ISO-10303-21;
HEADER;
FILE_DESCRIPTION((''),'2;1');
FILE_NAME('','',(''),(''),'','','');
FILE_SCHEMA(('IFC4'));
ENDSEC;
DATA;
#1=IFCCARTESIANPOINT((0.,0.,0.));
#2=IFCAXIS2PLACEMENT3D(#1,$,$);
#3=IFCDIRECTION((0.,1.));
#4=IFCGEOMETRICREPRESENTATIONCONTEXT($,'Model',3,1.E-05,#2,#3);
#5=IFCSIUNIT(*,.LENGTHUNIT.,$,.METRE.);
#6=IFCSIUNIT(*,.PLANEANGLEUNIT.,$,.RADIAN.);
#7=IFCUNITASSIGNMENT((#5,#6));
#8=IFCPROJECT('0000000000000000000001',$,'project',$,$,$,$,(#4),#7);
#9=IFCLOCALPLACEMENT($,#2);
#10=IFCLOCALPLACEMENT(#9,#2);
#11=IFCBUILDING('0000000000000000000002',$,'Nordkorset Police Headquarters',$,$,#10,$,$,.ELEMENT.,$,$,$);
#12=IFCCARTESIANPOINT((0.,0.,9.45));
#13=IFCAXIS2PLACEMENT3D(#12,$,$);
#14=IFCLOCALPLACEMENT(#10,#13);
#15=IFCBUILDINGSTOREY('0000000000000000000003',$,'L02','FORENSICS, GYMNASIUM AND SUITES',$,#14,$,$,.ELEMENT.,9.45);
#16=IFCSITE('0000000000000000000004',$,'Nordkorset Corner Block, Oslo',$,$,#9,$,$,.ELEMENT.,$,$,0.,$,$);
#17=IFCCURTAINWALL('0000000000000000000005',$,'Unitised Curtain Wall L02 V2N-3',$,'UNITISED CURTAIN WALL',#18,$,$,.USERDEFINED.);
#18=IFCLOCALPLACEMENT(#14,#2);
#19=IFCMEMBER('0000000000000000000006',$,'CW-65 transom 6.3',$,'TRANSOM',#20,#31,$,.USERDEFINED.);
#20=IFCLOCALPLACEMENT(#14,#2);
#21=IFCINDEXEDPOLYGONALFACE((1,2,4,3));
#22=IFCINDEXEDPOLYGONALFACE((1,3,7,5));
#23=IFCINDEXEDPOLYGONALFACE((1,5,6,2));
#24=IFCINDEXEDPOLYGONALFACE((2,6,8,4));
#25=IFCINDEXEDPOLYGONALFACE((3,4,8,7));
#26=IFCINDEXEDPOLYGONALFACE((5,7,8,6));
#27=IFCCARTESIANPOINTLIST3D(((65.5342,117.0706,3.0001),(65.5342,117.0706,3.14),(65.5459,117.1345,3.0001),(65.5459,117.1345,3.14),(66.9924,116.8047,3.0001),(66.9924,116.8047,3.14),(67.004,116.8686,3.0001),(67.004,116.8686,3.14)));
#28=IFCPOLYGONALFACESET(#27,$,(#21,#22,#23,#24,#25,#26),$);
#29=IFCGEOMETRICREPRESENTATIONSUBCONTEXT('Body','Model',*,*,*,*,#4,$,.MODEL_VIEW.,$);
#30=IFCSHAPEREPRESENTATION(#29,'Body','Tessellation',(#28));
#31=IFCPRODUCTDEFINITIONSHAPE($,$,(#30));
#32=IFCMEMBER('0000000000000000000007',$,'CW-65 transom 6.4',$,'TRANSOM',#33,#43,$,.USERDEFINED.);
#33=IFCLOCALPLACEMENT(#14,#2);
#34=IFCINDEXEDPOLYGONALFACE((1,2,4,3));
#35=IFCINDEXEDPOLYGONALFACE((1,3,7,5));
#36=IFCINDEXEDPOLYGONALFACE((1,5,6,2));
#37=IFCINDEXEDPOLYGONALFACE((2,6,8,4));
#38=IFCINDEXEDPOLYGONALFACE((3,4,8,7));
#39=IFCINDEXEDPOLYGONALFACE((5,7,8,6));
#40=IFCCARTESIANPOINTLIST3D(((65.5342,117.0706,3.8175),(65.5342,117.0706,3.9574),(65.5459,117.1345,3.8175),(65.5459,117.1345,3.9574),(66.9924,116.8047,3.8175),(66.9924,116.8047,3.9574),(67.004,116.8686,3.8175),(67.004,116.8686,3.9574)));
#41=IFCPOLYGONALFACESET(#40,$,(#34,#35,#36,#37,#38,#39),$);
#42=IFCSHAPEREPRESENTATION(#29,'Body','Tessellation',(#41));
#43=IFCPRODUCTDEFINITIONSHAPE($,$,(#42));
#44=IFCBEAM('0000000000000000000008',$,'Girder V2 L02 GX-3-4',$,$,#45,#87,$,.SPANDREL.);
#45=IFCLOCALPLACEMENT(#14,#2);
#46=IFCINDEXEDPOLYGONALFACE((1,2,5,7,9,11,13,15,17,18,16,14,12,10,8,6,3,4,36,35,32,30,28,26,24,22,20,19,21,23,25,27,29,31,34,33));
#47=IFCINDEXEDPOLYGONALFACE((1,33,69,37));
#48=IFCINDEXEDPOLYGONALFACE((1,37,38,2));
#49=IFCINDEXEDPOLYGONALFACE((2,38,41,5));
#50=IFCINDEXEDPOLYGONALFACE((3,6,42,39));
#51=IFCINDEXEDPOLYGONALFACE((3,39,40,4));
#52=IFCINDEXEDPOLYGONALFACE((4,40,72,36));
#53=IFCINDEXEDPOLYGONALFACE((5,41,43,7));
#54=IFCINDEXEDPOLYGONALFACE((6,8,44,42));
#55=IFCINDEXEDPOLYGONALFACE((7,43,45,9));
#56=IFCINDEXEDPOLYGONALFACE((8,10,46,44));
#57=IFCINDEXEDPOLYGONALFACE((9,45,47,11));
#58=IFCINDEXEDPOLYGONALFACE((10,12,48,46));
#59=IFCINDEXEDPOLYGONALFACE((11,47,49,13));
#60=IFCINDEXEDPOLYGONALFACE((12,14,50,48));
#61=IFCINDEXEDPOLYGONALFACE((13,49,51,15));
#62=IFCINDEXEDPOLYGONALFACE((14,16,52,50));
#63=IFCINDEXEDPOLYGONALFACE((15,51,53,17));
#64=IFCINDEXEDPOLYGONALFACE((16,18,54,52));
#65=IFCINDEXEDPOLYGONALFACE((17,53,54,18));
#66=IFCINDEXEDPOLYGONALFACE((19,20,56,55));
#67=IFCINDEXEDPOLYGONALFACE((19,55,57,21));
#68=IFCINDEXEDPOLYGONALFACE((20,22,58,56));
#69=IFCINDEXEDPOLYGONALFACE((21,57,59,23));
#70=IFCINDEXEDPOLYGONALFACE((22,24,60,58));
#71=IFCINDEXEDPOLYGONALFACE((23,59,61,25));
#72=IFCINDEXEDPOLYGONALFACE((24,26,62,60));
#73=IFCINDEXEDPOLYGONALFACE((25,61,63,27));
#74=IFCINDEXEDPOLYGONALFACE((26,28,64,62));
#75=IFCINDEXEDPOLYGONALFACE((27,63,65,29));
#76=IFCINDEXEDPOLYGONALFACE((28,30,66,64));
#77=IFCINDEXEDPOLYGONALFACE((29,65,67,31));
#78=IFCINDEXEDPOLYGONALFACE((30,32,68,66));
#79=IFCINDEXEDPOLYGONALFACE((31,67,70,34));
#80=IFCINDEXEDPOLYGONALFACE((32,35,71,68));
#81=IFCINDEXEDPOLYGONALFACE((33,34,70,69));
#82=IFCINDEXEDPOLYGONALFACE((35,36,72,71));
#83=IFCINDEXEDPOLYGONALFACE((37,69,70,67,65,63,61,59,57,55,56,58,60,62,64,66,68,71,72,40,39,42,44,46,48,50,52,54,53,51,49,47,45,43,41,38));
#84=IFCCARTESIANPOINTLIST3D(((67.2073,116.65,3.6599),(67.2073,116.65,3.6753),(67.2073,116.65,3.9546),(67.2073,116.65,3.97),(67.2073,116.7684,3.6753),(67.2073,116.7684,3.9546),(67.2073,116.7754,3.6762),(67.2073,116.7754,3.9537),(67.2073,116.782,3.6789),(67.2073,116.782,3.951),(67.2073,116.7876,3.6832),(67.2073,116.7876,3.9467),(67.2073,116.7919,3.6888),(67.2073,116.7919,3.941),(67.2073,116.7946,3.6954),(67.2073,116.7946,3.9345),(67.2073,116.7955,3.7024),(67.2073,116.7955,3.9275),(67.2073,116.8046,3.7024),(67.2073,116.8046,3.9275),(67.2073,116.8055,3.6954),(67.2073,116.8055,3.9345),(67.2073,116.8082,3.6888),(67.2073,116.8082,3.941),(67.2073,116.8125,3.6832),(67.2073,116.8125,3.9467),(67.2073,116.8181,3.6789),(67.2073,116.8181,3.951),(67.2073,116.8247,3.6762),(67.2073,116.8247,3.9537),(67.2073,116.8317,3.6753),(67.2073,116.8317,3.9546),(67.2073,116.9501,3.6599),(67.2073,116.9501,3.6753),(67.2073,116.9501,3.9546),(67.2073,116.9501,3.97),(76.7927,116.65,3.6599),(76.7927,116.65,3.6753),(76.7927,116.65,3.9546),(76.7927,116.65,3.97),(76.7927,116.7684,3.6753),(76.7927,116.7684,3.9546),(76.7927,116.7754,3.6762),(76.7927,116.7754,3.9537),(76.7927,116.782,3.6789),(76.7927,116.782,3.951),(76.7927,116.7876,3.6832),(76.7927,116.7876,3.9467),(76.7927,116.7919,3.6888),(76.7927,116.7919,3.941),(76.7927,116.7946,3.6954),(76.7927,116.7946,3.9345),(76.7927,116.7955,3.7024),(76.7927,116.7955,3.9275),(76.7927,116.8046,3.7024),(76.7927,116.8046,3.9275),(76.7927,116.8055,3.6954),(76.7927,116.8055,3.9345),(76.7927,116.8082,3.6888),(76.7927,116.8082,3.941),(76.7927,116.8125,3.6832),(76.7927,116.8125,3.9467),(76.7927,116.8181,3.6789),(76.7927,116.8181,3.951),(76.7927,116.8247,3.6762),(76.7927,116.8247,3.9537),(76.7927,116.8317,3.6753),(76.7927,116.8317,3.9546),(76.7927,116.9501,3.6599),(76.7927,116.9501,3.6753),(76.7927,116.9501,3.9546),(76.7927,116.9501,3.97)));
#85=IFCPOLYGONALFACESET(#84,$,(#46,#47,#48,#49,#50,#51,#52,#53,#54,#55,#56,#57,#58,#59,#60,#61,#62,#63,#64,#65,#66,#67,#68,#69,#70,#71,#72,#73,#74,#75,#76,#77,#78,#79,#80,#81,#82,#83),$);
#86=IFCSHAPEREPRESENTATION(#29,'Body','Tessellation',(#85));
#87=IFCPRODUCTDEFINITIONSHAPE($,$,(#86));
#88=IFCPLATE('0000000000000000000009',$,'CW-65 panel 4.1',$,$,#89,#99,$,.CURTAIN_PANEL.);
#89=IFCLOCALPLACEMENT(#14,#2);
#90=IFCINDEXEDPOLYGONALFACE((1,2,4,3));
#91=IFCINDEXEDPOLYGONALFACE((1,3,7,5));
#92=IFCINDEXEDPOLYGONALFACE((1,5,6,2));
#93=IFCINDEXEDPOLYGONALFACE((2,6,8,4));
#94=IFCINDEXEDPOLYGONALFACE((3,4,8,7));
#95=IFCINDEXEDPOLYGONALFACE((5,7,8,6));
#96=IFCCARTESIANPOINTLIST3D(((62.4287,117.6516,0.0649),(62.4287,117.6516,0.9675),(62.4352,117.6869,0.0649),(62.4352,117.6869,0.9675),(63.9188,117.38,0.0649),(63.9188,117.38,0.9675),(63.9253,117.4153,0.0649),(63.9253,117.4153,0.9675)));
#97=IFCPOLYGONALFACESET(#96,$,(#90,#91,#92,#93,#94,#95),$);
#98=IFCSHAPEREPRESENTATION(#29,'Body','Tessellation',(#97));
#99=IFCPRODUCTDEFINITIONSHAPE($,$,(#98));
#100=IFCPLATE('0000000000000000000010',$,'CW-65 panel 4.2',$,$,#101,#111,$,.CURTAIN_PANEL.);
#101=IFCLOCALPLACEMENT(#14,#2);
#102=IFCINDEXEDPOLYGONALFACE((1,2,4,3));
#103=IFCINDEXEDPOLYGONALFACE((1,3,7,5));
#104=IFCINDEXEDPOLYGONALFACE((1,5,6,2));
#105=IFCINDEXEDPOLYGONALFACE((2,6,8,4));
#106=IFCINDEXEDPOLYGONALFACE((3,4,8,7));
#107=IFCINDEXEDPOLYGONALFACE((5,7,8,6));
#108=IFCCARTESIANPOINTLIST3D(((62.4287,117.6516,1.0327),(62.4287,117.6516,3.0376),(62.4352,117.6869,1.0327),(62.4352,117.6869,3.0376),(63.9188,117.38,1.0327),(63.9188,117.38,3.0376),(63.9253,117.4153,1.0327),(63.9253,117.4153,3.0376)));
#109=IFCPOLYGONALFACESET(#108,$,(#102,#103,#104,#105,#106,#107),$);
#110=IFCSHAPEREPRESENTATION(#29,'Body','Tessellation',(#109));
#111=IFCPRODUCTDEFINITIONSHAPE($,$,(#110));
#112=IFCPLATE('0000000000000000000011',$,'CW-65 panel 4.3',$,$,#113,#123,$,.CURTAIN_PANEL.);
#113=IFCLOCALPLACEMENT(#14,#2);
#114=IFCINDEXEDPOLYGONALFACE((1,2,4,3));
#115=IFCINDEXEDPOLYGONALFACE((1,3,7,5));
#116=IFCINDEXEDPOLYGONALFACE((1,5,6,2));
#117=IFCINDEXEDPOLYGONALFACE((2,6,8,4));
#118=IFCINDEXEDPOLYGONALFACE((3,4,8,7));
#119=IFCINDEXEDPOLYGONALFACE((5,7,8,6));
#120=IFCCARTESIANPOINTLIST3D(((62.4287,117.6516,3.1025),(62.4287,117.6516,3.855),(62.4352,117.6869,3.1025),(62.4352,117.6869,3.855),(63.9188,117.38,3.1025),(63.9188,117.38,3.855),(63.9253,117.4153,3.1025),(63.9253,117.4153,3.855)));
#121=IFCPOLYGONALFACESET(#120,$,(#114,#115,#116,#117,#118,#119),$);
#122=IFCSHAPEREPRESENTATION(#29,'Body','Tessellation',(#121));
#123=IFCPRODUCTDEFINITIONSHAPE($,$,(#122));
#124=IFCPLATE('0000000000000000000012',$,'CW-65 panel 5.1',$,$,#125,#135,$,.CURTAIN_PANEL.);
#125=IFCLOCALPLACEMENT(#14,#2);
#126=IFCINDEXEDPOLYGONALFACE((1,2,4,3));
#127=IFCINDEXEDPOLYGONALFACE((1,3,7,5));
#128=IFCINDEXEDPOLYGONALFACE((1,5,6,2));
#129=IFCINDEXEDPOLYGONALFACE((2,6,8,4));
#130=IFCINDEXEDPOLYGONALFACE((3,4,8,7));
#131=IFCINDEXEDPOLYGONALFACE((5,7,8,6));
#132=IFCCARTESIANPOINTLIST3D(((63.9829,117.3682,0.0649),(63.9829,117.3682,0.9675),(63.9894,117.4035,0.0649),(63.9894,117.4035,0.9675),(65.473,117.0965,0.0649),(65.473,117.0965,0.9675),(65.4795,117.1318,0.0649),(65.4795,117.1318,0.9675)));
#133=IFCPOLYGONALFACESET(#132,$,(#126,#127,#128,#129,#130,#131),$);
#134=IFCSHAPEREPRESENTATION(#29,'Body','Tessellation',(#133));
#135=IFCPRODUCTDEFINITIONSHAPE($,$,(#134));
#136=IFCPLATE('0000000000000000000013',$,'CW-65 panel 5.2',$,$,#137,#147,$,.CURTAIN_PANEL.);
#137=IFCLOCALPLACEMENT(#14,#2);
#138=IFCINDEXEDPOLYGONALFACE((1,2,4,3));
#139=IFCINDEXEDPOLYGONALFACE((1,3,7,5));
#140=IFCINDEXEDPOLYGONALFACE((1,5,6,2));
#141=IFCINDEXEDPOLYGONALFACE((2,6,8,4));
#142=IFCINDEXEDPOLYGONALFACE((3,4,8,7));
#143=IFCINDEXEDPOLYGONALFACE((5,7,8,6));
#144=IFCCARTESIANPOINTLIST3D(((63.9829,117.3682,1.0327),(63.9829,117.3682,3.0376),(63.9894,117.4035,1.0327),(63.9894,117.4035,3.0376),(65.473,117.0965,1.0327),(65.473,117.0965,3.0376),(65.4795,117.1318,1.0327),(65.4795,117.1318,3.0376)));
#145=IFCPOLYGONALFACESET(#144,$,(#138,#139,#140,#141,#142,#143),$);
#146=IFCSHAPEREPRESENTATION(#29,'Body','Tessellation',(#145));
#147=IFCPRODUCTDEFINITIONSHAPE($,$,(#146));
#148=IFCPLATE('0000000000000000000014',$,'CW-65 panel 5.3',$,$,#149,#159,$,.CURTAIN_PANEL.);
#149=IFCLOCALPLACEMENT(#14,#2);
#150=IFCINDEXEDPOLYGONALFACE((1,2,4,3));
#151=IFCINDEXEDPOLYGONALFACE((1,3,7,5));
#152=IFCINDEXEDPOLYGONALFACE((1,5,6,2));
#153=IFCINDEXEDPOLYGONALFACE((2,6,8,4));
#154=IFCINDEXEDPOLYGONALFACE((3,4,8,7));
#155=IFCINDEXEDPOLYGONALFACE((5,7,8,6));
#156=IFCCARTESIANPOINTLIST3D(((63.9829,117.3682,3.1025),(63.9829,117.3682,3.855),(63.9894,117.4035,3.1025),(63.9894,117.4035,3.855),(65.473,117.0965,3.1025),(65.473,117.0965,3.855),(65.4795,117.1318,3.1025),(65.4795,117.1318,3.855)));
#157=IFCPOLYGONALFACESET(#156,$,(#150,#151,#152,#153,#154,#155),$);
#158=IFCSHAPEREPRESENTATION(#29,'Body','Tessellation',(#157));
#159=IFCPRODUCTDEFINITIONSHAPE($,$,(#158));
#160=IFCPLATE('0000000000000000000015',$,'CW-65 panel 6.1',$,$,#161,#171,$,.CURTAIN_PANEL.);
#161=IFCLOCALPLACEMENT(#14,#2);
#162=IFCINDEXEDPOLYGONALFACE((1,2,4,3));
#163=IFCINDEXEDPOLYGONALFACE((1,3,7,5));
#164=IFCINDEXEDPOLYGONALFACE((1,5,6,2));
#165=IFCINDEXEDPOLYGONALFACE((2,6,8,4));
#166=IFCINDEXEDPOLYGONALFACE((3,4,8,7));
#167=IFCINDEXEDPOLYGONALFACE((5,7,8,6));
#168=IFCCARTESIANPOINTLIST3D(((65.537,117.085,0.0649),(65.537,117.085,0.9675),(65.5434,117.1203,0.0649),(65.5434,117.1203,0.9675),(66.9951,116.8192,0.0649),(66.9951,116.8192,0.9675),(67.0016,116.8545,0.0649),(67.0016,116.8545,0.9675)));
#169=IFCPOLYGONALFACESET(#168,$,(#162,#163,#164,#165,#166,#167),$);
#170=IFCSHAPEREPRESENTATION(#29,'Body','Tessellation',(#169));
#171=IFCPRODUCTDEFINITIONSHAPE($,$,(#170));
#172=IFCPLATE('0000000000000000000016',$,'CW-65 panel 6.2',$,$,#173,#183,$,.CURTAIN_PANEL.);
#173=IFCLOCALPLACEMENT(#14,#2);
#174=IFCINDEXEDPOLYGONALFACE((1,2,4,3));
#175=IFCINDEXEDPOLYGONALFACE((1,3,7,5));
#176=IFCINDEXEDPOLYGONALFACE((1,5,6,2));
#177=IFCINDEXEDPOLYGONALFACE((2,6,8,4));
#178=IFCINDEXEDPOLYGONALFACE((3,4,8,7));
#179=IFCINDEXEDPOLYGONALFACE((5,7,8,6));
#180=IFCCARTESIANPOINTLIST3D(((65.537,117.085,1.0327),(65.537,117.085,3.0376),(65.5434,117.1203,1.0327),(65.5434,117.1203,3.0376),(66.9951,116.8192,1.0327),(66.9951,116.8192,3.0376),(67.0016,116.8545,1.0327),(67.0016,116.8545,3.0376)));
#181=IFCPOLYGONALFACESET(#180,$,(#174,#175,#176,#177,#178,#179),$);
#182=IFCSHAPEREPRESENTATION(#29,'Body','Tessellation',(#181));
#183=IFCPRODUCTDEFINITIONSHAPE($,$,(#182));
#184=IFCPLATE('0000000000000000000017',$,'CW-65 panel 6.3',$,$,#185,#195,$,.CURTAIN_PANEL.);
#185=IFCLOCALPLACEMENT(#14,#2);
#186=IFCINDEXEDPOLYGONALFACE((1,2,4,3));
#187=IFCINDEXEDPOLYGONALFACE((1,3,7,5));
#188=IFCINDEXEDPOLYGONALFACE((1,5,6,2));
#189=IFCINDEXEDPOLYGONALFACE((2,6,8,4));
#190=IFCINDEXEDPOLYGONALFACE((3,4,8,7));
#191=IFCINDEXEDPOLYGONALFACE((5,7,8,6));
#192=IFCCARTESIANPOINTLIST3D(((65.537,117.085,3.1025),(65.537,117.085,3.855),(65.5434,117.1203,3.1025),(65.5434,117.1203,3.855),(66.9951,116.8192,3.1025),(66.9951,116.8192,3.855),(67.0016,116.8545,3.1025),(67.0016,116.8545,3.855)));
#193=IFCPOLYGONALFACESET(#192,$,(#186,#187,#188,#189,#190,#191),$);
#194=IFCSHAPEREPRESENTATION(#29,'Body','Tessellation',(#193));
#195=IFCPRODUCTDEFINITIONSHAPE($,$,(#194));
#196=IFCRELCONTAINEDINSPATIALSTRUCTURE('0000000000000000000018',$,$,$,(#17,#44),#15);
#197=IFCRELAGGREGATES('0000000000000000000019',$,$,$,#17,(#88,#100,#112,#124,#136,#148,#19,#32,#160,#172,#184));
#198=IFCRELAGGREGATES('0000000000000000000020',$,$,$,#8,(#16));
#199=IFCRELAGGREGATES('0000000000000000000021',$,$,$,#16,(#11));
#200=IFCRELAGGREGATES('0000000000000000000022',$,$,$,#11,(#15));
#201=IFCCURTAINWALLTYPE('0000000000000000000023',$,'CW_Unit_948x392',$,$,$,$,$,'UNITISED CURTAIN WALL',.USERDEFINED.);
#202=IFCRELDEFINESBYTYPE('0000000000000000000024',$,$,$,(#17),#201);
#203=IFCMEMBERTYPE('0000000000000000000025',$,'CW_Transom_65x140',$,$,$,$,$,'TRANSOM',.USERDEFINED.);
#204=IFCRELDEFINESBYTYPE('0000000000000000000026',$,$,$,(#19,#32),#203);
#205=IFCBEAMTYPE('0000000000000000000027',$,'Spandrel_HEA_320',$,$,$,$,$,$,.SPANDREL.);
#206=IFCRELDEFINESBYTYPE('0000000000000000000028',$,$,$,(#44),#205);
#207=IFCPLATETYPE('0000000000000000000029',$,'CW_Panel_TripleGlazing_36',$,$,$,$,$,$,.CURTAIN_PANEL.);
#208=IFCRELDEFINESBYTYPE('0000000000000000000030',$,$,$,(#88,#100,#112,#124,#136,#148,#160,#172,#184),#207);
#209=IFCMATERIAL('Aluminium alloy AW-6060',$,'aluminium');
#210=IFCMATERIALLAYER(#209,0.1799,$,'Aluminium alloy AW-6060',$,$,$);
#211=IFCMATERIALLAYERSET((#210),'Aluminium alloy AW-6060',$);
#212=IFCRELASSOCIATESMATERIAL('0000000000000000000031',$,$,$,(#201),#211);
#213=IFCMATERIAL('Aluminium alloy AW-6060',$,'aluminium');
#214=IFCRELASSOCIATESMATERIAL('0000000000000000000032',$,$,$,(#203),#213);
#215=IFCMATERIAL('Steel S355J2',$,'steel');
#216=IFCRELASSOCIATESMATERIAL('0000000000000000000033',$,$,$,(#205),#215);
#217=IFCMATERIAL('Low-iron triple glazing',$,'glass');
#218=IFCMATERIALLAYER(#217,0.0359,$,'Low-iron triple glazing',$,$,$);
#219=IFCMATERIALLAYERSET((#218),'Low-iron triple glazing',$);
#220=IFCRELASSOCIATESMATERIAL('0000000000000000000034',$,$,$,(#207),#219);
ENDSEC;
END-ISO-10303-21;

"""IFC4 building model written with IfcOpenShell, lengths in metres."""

from ifc_helpers import new_model, si_unit, direction, frame, origin, origin_2d, place, context, subcontext, project, spatial, rectangle, i_section, extrude, material, layer, layer_set, material_profile, profile_set, type_object, element, aggregate, save


model = new_model("IFC4")

# Units and contexts
model_context = context("Model", 3, precision=1e-05, world=origin(), true_north=direction((0.0, 1.0)))
body_context = subcontext(model_context, "Body", "Model", "MODEL_VIEW")
ifc_project = project(units=[si_unit("LENGTHUNIT", "METRE"), si_unit("PLANEANGLEUNIT", "RADIAN")], contexts=[model_context])

# Site, building, storey
site_placement = place(None, origin())
site = spatial("IfcSite", under=ifc_project, at=site_placement, Name="Nordkorset Corner Block, Oslo", CompositionType="ELEMENT", RefElevation=0.0)
building_placement = place(site_placement, origin())
building = spatial("IfcBuilding", under=site, at=building_placement, Name="Nordkorset Police Headquarters", CompositionType="ELEMENT")
storey_placement = place(building_placement, frame((0.0, 0.0, 9.45)))
storey = spatial("IfcBuildingStorey", under=building, at=storey_placement, Name="L02", Description="FORENSICS, GYMNASIUM AND SUITES", CompositionType="ELEMENT", Elevation=9.45)

# Curtain wall
ifc_material_1 = material(Name="Aluminium alloy AW-6060", Category="aluminium")
ifc_layer_1 = layer(ifc_material_1, 0.1799, Name="Aluminium alloy AW-6060")
ifc_layer_set_1 = layer_set([ifc_layer_1], Name="Aluminium alloy AW-6060")
curtain_wall_type_1 = type_object("IfcCurtainWallType", Name="CW_Unit_948x392", ElementType="UNITISED CURTAIN WALL", PredefinedType="USERDEFINED", material=ifc_layer_set_1)
curtain_wall_1_placement = place(storey_placement, origin())
curtain_wall_1 = element("IfcCurtainWall", 1, at=curtain_wall_1_placement, inside=storey, type_object=curtain_wall_type_1, Name="Unitised Curtain Wall L02 V2N-3", ObjectType="UNITISED CURTAIN WALL", PredefinedType="USERDEFINED")

# Members
ifc_material_2 = material(Name="Aluminium alloy AW-6060", Category="aluminium")
ifc_material_profile_1 = material_profile(ifc_material_2, rectangle(XDim=0.0649, YDim=0.1399, at=origin_2d()), Name="ALU TRAN 65x140")
ifc_profile_set_1 = profile_set([ifc_material_profile_1], Name="Aluminium alloy AW-6060")
member_type_1 = type_object("IfcMemberType", Name="CW_Transom_65x140", ElementType="TRANSOM", PredefinedType="USERDEFINED", material=ifc_profile_set_1)
member_1_placement = place(storey_placement, frame((65.54, 117.1025, 3.0701), z_axis=(0.983783, -0.179364, 0.0), x_axis=(0.179364, 0.983783, 0.0)))
member_1 = element("IfcMember", 2, at=member_1_placement, type_object=member_type_1, Name="CW-65 transom 6.3", ObjectType="TRANSOM", PredefinedType="USERDEFINED", context=body_context, shape_type="SweptSolid", body=[
    extrude(rectangle(XDim=0.0649, YDim=0.1399, at=origin_2d()), origin(), (0.0, 0.0, 1.0), 1.4822),
])
member_2_placement = place(storey_placement, frame((65.54, 117.1025, 3.8875), z_axis=(0.983783, -0.179364, 0.0), x_axis=(0.179364, 0.983783, 0.0)))
member_2 = element("IfcMember", 3, at=member_2_placement, type_object=member_type_1, Name="CW-65 transom 6.4", ObjectType="TRANSOM", PredefinedType="USERDEFINED", context=body_context, shape_type="SweptSolid", body=[
    extrude(rectangle(XDim=0.0649, YDim=0.1399, at=origin_2d()), origin(), (0.0, 0.0, 1.0), 1.4822),
])

# Beam
ifc_material_3 = material(Name="Steel S355J2", Category="steel")
ifc_material_profile_2 = material_profile(ifc_material_3, i_section(OverallWidth=0.3, OverallDepth=0.3101, WebThickness=0.009, FlangeThickness=0.0154, FilletRadius=0.0271, at=origin_2d()), Name="HEA 320")
ifc_profile_set_2 = profile_set([ifc_material_profile_2], Name="Steel S355J2")
beam_type = type_object("IfcBeamType", Name="Spandrel_HEA_320", PredefinedType="SPANDREL", material=ifc_profile_set_2)
beam_placement = place(storey_placement, frame((67.2073, 116.8, 3.8149), z_axis=(1.0, 0.0, 0.0), x_axis=(0.0, 1.0, 0.0)))
element("IfcBeam", 4, at=beam_placement, inside=storey, type_object=beam_type, Name="Girder V2 L02 GX-3-4", PredefinedType="SPANDREL", context=body_context, shape_type="SweptSolid", body=[
    extrude(i_section(OverallWidth=0.3, OverallDepth=0.3101, WebThickness=0.009, FlangeThickness=0.0154, FilletRadius=0.0271, at=origin_2d()), origin(), (0.0, 0.0, 1.0), 9.5854),
])

# Plates
ifc_material_4 = material(Name="Low-iron triple glazing", Category="glass")
ifc_layer_2 = layer(ifc_material_4, 0.0359, Name="Low-iron triple glazing")
ifc_layer_set_2 = layer_set([ifc_layer_2], Name="Low-iron triple glazing")
plate_type = type_object("IfcPlateType", Name="CW_Panel_TripleGlazing_36", PredefinedType="CURTAIN_PANEL", material=ifc_layer_set_2)
plate_1_placement = place(storey_placement, frame((63.177, 117.5334, 0.0649), z_axis=(0.0, 0.0, 1.0), x_axis=(0.983788, -0.179336, 0.0)))
plate_1 = element("IfcPlate", 5, at=plate_1_placement, type_object=plate_type, Name="CW-65 panel 4.1", PredefinedType="CURTAIN_PANEL", context=body_context, shape_type="SweptSolid", body=[
    extrude(rectangle(XDim=1.5146, YDim=0.0359, at=origin_2d()), origin(), (0.0, 0.0, 1.0), 0.9026),
])
plate_2_placement = place(storey_placement, frame((63.177, 117.5334, 1.0327), z_axis=(0.0, 0.0, 1.0), x_axis=(0.983788, -0.179336, 0.0)))
plate_2 = element("IfcPlate", 6, at=plate_2_placement, type_object=plate_type, Name="CW-65 panel 4.2", PredefinedType="CURTAIN_PANEL", context=body_context, shape_type="SweptSolid", body=[
    extrude(rectangle(XDim=1.5146, YDim=0.0359, at=origin_2d()), origin(), (0.0, 0.0, 1.0), 2.0049),
])
plate_3_placement = place(storey_placement, frame((63.177, 117.5334, 3.1025), z_axis=(0.0, 0.0, 1.0), x_axis=(0.983788, -0.179336, 0.0)))
plate_3 = element("IfcPlate", 7, at=plate_3_placement, type_object=plate_type, Name="CW-65 panel 4.3", PredefinedType="CURTAIN_PANEL", context=body_context, shape_type="SweptSolid", body=[
    extrude(rectangle(XDim=1.5146, YDim=0.0359, at=origin_2d()), origin(), (0.0, 0.0, 1.0), 0.7524),
])
plate_4_placement = place(storey_placement, frame((64.7312, 117.25, 0.0649), z_axis=(0.0, 0.0, 1.0), x_axis=(0.983788, -0.179336, 0.0)))
plate_4 = element("IfcPlate", 8, at=plate_4_placement, type_object=plate_type, Name="CW-65 panel 5.1", PredefinedType="CURTAIN_PANEL", context=body_context, shape_type="SweptSolid", body=[
    extrude(rectangle(XDim=1.5146, YDim=0.0359, at=origin_2d()), origin(), (0.0, 0.0, 1.0), 0.9026),
])
plate_5_placement = place(storey_placement, frame((64.7312, 117.25, 1.0327), z_axis=(0.0, 0.0, 1.0), x_axis=(0.983788, -0.179336, 0.0)))
plate_5 = element("IfcPlate", 9, at=plate_5_placement, type_object=plate_type, Name="CW-65 panel 5.2", PredefinedType="CURTAIN_PANEL", context=body_context, shape_type="SweptSolid", body=[
    extrude(rectangle(XDim=1.5146, YDim=0.0359, at=origin_2d()), origin(), (0.0, 0.0, 1.0), 2.0049),
])
plate_6_placement = place(storey_placement, frame((64.7312, 117.25, 3.1025), z_axis=(0.0, 0.0, 1.0), x_axis=(0.983788, -0.179336, 0.0)))
plate_6 = element("IfcPlate", 10, at=plate_6_placement, type_object=plate_type, Name="CW-65 panel 5.3", PredefinedType="CURTAIN_PANEL", context=body_context, shape_type="SweptSolid", body=[
    extrude(rectangle(XDim=1.5146, YDim=0.0359, at=origin_2d()), origin(), (0.0, 0.0, 1.0), 0.7524),
])
plate_7_placement = place(storey_placement, frame((66.2693, 116.9697, 0.0649), z_axis=(0.0, 0.0, 1.0), x_axis=(0.983788, -0.179336, 0.0)))
plate_7 = element("IfcPlate", 11, at=plate_7_placement, type_object=plate_type, Name="CW-65 panel 6.1", PredefinedType="CURTAIN_PANEL", context=body_context, shape_type="SweptSolid", body=[
    extrude(rectangle(XDim=1.4822, YDim=0.0359, at=origin_2d()), origin(), (0.0, 0.0, 1.0), 0.9026),
])
plate_8_placement = place(storey_placement, frame((66.2693, 116.9697, 1.0327), z_axis=(0.0, 0.0, 1.0), x_axis=(0.983788, -0.179336, 0.0)))
plate_8 = element("IfcPlate", 12, at=plate_8_placement, type_object=plate_type, Name="CW-65 panel 6.2", PredefinedType="CURTAIN_PANEL", context=body_context, shape_type="SweptSolid", body=[
    extrude(rectangle(XDim=1.4822, YDim=0.0359, at=origin_2d()), origin(), (0.0, 0.0, 1.0), 2.0049),
])
plate_9_placement = place(storey_placement, frame((66.2693, 116.9697, 3.1025), z_axis=(0.0, 0.0, 1.0), x_axis=(0.983788, -0.179336, 0.0)))
plate_9 = element("IfcPlate", 13, at=plate_9_placement, type_object=plate_type, Name="CW-65 panel 6.3", PredefinedType="CURTAIN_PANEL", context=body_context, shape_type="SweptSolid", body=[
    extrude(rectangle(XDim=1.4822, YDim=0.0359, at=origin_2d()), origin(), (0.0, 0.0, 1.0), 0.7524),
])
aggregate(curtain_wall_1, [plate_1, plate_2, plate_3, plate_4, plate_5, plate_6, member_1, member_2, plate_7, plate_8, plate_9])

save(model, "model.ifc")
